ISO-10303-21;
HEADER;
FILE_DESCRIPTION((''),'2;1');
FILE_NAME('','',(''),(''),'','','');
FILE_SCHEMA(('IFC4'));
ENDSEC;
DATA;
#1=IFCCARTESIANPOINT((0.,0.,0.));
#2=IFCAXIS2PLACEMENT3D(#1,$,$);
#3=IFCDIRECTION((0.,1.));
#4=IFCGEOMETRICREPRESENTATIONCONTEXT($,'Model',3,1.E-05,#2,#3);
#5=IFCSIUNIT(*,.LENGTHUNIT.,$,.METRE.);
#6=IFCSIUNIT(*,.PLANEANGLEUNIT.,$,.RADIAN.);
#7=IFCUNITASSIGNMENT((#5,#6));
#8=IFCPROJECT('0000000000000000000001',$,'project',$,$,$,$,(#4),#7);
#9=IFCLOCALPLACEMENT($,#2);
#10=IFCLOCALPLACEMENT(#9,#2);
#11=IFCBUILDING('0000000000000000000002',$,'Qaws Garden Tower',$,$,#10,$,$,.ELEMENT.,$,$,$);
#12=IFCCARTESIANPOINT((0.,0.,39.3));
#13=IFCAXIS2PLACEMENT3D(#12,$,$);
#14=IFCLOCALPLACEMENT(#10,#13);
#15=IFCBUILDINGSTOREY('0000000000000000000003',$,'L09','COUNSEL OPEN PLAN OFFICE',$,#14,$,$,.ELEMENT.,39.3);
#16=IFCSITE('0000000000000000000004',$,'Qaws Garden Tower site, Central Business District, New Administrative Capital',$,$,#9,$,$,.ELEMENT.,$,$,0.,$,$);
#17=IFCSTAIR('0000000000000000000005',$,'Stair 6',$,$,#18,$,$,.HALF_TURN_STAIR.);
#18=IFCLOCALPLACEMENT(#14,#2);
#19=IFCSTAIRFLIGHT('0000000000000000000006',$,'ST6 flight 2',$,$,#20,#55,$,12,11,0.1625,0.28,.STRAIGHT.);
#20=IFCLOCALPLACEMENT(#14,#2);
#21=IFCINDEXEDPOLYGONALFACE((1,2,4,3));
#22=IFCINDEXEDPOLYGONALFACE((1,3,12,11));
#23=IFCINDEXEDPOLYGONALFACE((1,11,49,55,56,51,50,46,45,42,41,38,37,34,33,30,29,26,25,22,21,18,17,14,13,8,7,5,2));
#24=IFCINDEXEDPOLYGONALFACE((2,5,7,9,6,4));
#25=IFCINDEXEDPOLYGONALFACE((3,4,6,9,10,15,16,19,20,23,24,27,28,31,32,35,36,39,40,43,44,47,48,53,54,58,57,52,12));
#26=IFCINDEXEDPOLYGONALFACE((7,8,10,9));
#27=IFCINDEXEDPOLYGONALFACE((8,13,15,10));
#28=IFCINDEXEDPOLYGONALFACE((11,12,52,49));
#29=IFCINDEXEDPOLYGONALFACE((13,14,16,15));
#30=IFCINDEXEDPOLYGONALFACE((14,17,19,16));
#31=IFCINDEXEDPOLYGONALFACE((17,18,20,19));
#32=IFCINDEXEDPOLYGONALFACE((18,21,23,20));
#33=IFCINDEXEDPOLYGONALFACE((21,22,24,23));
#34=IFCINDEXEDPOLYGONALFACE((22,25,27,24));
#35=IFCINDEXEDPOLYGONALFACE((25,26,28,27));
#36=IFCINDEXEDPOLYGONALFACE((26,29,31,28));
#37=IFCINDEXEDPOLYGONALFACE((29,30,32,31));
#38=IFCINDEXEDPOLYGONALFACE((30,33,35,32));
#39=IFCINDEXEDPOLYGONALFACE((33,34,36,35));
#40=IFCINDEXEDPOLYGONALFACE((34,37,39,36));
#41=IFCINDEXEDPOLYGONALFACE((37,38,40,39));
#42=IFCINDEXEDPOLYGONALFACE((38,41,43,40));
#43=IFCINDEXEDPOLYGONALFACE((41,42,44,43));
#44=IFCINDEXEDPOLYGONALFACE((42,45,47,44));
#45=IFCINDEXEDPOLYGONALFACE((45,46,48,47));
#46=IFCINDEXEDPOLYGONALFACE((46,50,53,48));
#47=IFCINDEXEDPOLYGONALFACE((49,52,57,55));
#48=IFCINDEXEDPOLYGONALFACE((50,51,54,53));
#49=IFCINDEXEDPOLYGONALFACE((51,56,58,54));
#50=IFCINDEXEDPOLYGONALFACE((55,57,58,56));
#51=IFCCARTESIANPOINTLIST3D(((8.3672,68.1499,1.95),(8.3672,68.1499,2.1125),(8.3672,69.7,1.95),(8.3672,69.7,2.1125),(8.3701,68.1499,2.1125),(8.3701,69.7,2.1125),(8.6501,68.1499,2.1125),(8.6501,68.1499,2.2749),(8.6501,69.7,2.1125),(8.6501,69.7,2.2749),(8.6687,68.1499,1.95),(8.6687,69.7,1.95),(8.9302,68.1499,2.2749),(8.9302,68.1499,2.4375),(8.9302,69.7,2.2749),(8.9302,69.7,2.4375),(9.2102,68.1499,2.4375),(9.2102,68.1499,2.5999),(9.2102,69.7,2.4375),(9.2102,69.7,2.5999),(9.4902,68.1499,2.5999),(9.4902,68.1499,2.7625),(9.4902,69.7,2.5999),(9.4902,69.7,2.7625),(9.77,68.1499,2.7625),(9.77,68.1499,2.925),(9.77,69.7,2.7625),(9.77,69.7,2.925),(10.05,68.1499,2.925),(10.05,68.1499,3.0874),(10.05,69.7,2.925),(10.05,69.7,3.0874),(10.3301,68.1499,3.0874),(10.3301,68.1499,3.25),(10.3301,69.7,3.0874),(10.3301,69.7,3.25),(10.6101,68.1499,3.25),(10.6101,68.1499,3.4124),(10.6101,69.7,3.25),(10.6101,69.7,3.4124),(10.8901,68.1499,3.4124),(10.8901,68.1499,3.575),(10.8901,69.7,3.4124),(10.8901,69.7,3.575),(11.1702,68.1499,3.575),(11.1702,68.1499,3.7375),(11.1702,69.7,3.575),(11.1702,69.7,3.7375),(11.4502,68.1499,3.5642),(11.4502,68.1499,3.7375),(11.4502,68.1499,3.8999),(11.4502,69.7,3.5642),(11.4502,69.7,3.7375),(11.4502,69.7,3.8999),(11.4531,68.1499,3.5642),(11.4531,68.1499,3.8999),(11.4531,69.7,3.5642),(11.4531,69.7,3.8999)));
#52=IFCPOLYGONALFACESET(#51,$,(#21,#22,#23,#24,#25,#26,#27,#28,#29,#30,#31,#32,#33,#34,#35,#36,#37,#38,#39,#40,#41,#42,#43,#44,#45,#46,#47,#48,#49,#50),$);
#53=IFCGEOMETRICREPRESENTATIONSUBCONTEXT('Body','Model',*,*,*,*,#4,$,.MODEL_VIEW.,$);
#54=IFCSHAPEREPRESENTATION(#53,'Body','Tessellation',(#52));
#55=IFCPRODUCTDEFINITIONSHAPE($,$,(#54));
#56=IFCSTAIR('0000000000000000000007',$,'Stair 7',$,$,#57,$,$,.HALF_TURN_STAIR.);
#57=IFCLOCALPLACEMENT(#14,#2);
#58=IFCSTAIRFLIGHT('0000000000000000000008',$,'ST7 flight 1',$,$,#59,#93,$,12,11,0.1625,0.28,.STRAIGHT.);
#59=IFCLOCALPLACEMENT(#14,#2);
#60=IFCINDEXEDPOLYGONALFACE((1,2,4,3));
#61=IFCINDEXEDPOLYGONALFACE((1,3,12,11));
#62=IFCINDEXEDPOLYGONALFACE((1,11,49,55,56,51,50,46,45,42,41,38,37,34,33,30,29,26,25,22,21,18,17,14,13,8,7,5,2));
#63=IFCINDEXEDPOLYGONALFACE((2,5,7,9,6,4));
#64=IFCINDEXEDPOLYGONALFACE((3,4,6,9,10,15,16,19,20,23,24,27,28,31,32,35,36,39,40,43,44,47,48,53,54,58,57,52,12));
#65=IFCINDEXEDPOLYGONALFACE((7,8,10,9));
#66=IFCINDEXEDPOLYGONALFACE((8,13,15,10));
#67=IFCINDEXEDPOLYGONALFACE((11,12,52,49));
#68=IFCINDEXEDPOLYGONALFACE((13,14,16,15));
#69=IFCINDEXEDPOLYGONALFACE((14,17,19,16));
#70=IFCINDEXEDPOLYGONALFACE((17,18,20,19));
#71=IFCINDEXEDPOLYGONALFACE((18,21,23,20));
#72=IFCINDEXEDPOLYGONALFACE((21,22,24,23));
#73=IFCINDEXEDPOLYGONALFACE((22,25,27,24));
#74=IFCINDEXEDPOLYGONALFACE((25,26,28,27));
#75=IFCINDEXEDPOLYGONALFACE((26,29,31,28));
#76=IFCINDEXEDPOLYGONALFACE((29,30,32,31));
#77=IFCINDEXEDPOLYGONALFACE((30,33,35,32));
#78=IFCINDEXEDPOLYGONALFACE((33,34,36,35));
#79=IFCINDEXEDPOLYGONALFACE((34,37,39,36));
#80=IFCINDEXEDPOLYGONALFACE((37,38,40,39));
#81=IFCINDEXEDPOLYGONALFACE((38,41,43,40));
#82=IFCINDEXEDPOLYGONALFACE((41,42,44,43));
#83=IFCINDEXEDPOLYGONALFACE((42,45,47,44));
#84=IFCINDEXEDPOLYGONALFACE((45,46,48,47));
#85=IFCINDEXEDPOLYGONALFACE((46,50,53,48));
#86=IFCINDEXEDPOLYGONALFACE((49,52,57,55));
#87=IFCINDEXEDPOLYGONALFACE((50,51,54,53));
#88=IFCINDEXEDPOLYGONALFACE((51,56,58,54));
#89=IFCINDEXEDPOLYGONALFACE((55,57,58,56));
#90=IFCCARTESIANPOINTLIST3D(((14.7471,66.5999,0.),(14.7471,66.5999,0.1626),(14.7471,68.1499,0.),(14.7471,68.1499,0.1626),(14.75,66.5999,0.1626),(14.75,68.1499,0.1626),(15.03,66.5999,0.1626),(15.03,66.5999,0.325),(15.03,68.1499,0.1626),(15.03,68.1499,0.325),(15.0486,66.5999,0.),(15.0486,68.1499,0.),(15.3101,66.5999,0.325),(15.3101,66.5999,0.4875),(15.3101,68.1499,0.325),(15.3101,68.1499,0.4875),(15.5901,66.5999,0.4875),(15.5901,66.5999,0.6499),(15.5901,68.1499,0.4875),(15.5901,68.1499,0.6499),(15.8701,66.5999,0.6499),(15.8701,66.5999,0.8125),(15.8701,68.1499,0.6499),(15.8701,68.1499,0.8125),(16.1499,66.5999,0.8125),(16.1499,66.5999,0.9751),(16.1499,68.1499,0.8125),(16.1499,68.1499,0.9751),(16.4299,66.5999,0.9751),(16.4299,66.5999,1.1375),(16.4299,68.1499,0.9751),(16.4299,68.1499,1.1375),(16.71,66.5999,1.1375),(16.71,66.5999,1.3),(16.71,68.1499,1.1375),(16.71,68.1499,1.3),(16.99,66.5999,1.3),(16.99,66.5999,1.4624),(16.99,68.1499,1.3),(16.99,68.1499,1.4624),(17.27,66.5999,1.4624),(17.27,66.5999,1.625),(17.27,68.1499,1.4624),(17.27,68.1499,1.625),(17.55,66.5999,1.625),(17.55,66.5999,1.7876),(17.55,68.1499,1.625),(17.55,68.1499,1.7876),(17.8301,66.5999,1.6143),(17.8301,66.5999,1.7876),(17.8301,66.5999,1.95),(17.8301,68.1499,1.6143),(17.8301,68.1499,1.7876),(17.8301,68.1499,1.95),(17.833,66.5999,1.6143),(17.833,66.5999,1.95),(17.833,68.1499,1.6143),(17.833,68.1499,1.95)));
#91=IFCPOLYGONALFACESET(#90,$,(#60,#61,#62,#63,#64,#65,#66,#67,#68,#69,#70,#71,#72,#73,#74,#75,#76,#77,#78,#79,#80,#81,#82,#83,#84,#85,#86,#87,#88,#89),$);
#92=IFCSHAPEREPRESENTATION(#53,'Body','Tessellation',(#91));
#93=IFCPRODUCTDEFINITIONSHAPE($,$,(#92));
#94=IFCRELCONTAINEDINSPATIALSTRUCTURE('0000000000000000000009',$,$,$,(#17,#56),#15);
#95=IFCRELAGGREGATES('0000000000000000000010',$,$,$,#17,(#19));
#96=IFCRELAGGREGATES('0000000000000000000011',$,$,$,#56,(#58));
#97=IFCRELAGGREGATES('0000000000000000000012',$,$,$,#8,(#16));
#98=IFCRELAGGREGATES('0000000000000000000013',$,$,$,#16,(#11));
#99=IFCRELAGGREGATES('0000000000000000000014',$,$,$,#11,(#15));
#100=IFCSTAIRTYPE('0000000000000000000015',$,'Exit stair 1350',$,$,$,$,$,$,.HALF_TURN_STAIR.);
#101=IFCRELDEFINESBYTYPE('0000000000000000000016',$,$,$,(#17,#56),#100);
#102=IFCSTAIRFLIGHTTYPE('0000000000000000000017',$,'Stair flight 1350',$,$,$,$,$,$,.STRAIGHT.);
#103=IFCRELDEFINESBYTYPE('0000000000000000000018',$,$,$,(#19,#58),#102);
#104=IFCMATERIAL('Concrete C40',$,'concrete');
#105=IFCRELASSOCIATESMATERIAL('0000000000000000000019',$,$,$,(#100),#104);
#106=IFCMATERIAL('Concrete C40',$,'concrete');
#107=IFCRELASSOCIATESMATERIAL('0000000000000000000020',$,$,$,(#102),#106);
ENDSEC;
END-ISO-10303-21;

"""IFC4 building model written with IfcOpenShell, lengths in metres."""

from ifc_helpers import new_model, si_unit, direction, frame, origin, place, context, subcontext, project, spatial, polyline, outline, extrude, material, type_object, element, aggregate, save


model = new_model("IFC4")

# Units and contexts
model_context = context("Model", 3, precision=1e-05, world=origin(), true_north=direction((0.0, 1.0)))
body_context = subcontext(model_context, "Body", "Model", "MODEL_VIEW")
ifc_project = project(units=[si_unit("LENGTHUNIT", "METRE"), si_unit("PLANEANGLEUNIT", "RADIAN")], contexts=[model_context])

# Site, building, storey
site_placement = place(None, origin())
site = spatial("IfcSite", under=ifc_project, at=site_placement, Name="Qaws Garden Tower site, Central Business District, New Administrative Capital", CompositionType="ELEMENT", RefElevation=0.0)
building_placement = place(site_placement, origin())
building = spatial("IfcBuilding", under=site, at=building_placement, Name="Qaws Garden Tower", CompositionType="ELEMENT")
storey_placement = place(building_placement, frame((0.0, 0.0, 39.3)))
storey = spatial("IfcBuildingStorey", under=building, at=storey_placement, Name="L09", Description="COUNSEL OPEN PLAN OFFICE", CompositionType="ELEMENT", Elevation=39.3)

# Stair, stair flight
ifc_material_1 = material(Name="Concrete C40", Category="concrete")
stair_type = type_object("IfcStairType", Name="Exit stair 1350", PredefinedType="HALF_TURN_STAIR", material=ifc_material_1)
placement = place(storey_placement, origin())
stair_1 = element("IfcStair", 1, at=placement, inside=storey, type_object=stair_type, Name="Stair 6", PredefinedType="HALF_TURN_STAIR")
ifc_material_2 = material(Name="Concrete C40", Category="concrete")
stair_flight_type = type_object("IfcStairFlightType", Name="Stair flight 1350", PredefinedType="STRAIGHT", material=ifc_material_2)
stair_flight_1_placement = place(storey_placement, frame((8.3701, 68.925, 1.95), z_axis=(0.0, 0.0, 1.0), x_axis=(1.0, 0.0, 0.0)))
stair_flight_1 = element("IfcStairFlight", 2, at=stair_flight_1_placement, type_object=stair_flight_type, Name="ST6 flight 2", NumberOfRisers=12, NumberOfTreads=11, PredefinedType="STRAIGHT", RiserHeight=0.1625, TreadLength=0.28, context=body_context, shape_type="SweptSolid", body=[
    extrude(outline(polyline([(-0.0029, 0.0), (-0.0029, 0.1626), (0.0, 0.1626), (0.28, 0.1626), (0.28, 0.325), (0.5601, 0.325), (0.5601, 0.4875), (0.8401, 0.4875), (0.8401, 0.6499), (1.1201, 0.6499), (1.1201, 0.8125), (1.3999, 0.8125), (1.3999, 0.9751), (1.6799, 0.9751), (1.6799, 1.1375), (1.96, 1.1375), (1.96, 1.3), (2.24, 1.3), (2.24, 1.4624), (2.52, 1.4624), (2.52, 1.625), (2.8, 1.625), (2.8, 1.7876), (3.0801, 1.7876), (3.0801, 1.95), (3.083, 1.95), (3.083, 1.6143), (3.0801, 1.6143), (0.2986, 0.0), (-0.0029, 0.0)])), frame((0.0, 0.7749, 0.0), z_axis=(0.0, -1.0, 0.0), x_axis=(1.0, 0.0, 0.0)), (0.0, 0.0, 1.0), 1.55),
])
aggregate(stair_1, [stair_flight_1])

# Stair, stair flight
stair_2 = element("IfcStair", 3, at=placement, inside=storey, type_object=stair_type, Name="Stair 7", PredefinedType="HALF_TURN_STAIR")
stair_flight_2_placement = place(storey_placement, frame((14.75, 67.375, 0.0), z_axis=(0.0, 0.0, 1.0), x_axis=(1.0, 0.0, 0.0)))
stair_flight_2 = element("IfcStairFlight", 4, at=stair_flight_2_placement, type_object=stair_flight_type, Name="ST7 flight 1", NumberOfRisers=12, NumberOfTreads=11, PredefinedType="STRAIGHT", RiserHeight=0.1625, TreadLength=0.28, context=body_context, shape_type="SweptSolid", body=[
    extrude(outline(polyline([(-0.0029, 0.0), (-0.0029, 0.1626), (0.0, 0.1626), (0.28, 0.1626), (0.28, 0.325), (0.5601, 0.325), (0.5601, 0.4875), (0.8401, 0.4875), (0.8401, 0.6499), (1.1201, 0.6499), (1.1201, 0.8125), (1.3999, 0.8125), (1.3999, 0.9751), (1.6799, 0.9751), (1.6799, 1.1375), (1.96, 1.1375), (1.96, 1.3), (2.24, 1.3), (2.24, 1.4624), (2.52, 1.4624), (2.52, 1.625), (2.8, 1.625), (2.8, 1.7876), (3.0801, 1.7876), (3.0801, 1.95), (3.083, 1.95), (3.083, 1.6143), (3.0801, 1.6143), (0.2986, 0.0), (-0.0029, 0.0)])), frame((0.0, 0.7749, 0.0), z_axis=(0.0, -1.0, 0.0), x_axis=(1.0, 0.0, 0.0)), (0.0, 0.0, 1.0), 1.55),
])
aggregate(stair_2, [stair_flight_2])

save(model, "model.ifc")
